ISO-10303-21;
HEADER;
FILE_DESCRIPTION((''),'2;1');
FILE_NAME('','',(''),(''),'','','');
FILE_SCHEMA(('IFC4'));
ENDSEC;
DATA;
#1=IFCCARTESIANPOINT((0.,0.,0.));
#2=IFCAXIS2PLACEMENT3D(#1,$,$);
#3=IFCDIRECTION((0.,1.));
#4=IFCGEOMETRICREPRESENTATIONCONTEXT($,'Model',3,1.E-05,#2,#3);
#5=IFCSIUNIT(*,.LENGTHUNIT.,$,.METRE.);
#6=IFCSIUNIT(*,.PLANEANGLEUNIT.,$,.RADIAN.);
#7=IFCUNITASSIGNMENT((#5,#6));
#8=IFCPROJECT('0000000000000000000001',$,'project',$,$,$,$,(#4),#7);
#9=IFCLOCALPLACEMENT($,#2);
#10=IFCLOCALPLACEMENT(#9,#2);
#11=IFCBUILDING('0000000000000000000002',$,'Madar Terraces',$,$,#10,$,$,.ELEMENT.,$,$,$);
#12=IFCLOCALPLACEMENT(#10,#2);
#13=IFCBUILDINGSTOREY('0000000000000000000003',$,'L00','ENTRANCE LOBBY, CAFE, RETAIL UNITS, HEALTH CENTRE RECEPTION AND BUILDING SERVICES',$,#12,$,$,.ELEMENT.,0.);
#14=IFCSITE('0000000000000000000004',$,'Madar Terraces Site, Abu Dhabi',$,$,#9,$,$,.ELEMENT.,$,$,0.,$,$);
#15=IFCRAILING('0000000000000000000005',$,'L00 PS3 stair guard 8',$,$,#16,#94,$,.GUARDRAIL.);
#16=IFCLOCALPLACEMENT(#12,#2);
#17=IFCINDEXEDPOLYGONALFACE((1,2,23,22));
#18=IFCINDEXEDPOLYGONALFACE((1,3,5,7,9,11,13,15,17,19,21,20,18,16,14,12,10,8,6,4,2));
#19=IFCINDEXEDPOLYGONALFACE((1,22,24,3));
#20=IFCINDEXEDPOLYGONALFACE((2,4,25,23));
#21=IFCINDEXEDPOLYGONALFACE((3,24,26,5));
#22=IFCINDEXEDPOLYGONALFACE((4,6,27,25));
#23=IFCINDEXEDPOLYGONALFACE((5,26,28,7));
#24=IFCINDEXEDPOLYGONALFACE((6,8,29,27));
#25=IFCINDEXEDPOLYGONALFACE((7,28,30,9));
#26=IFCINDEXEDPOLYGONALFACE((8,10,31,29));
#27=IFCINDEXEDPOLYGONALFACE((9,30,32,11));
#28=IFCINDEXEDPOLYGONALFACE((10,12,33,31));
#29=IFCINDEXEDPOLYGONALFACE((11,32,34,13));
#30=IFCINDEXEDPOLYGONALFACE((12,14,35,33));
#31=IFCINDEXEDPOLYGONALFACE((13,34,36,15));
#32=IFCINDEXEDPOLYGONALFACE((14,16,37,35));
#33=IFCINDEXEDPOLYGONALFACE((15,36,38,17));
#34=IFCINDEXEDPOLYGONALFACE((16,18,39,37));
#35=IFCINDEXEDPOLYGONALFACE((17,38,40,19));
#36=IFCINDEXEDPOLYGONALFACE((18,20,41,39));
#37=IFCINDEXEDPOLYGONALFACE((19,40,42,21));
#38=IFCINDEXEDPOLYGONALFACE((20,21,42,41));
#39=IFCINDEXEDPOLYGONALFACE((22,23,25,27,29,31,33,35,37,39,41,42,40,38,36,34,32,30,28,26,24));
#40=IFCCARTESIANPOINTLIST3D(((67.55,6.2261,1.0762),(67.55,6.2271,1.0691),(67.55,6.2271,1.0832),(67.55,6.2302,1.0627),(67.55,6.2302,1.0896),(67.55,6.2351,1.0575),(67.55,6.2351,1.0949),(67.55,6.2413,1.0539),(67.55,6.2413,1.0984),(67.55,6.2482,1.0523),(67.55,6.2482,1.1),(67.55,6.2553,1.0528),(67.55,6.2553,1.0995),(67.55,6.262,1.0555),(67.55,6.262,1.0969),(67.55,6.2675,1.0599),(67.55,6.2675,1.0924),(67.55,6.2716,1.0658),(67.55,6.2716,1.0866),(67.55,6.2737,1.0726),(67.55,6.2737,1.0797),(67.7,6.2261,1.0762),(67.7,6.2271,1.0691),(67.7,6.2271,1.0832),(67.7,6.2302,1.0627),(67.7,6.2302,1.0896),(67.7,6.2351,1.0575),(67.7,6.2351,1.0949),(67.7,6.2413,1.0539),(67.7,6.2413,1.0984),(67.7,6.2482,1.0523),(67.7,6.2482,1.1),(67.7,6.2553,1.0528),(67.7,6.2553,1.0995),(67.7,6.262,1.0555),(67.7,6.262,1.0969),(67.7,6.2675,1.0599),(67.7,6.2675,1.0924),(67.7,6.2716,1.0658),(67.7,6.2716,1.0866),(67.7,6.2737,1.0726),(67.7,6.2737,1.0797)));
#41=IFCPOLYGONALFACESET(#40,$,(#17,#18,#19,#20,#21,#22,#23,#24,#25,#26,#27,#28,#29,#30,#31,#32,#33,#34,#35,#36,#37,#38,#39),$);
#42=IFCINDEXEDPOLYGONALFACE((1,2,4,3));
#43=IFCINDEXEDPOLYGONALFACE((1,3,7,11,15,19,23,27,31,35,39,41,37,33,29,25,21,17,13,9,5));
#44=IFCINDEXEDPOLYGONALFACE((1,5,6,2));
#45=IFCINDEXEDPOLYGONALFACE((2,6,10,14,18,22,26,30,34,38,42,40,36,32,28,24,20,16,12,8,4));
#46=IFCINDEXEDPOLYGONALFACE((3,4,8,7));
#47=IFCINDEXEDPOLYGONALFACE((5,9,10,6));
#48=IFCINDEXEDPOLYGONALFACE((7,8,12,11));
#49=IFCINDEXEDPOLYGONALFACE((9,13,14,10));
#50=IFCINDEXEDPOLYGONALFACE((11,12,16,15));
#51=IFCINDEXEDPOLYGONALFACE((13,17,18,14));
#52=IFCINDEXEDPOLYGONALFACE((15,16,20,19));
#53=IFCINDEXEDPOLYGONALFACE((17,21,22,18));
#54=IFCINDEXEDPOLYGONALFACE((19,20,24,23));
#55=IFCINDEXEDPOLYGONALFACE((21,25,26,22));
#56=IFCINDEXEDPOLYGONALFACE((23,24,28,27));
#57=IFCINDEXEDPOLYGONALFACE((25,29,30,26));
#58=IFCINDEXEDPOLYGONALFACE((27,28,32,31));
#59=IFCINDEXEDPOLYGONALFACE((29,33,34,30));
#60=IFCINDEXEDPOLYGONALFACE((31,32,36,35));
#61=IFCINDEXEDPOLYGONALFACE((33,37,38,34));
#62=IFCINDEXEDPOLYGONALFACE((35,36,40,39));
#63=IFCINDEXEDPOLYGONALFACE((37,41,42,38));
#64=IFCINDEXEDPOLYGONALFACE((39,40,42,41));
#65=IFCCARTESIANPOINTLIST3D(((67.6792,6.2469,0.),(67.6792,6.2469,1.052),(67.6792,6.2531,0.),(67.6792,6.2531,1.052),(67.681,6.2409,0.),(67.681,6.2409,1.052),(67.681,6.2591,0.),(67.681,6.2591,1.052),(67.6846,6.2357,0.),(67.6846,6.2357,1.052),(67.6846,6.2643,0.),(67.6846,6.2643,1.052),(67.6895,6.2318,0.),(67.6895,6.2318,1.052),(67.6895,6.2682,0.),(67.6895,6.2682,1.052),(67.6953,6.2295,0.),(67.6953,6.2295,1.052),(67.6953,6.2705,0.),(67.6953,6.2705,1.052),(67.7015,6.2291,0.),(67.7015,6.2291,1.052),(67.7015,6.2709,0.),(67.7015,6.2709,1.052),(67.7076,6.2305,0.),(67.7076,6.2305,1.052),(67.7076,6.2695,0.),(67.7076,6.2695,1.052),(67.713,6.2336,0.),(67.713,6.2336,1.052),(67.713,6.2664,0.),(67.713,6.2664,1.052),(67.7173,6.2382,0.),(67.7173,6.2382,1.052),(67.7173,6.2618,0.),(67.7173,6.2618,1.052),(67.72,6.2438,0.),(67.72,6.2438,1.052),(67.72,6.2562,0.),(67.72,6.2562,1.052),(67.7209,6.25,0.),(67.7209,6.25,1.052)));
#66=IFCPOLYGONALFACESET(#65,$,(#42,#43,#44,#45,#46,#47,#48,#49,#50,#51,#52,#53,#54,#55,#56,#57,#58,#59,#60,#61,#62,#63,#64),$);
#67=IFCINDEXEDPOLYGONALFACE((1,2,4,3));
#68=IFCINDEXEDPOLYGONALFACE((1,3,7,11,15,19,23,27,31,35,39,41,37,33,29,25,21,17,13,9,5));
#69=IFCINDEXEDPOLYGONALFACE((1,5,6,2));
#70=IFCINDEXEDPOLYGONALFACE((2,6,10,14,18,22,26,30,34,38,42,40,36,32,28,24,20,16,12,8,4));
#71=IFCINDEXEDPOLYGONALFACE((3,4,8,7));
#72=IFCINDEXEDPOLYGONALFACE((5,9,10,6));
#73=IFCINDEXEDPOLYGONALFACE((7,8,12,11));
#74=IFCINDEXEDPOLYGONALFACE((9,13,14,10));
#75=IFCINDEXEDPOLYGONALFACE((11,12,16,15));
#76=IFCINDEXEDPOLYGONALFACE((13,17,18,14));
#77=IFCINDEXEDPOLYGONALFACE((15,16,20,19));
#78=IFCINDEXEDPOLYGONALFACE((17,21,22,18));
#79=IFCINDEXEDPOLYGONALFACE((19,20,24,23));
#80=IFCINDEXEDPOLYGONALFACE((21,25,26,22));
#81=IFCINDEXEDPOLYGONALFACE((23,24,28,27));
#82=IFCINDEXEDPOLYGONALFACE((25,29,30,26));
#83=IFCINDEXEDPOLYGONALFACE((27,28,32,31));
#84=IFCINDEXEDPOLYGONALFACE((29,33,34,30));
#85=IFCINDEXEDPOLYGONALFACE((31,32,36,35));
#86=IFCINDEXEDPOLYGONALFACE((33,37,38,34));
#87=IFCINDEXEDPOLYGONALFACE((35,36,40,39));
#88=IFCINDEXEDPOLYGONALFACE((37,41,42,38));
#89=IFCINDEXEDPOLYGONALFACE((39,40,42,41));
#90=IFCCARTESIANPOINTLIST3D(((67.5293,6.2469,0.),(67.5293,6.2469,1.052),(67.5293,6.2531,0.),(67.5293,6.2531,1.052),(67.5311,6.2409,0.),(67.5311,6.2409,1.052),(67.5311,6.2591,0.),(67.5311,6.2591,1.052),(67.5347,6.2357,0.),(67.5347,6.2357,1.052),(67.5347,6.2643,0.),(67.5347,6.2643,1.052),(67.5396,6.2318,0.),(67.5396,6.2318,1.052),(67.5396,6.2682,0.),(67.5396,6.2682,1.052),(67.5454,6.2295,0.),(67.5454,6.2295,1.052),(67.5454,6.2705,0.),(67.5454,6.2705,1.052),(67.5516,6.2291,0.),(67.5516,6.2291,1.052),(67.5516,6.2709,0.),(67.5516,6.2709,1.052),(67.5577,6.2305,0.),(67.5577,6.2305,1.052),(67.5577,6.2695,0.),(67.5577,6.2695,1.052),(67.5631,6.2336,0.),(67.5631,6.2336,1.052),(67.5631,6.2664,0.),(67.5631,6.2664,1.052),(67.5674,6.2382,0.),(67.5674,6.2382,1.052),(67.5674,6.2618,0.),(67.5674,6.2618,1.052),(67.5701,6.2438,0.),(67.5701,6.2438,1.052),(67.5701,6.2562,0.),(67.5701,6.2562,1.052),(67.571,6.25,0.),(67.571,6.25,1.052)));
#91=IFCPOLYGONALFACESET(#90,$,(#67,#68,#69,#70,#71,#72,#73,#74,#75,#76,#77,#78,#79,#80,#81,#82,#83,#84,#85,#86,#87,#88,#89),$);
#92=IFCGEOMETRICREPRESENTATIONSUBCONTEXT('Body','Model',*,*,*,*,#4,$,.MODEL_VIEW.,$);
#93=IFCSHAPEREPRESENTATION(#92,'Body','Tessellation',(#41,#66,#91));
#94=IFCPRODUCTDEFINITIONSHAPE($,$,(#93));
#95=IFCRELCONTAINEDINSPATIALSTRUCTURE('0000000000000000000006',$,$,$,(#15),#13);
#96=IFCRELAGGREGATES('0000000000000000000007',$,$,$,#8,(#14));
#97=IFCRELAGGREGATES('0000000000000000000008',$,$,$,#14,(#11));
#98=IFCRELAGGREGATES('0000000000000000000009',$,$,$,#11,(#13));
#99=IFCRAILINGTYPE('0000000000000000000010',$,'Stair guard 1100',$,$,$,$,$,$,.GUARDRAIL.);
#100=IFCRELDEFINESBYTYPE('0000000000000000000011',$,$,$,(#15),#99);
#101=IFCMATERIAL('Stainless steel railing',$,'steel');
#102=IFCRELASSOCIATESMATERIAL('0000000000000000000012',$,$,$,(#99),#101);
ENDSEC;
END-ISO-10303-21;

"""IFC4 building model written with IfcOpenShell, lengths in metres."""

from ifc_helpers import new_model, si_unit, direction, frame, origin, origin_2d, place, context, subcontext, project, spatial, circle, extrude, material, type_object, element, save


model = new_model("IFC4")

# Units and contexts
model_context = context("Model", 3, precision=1e-05, world=origin(), true_north=direction((0.0, 1.0)))
body_context = subcontext(model_context, "Body", "Model", "MODEL_VIEW")
ifc_project = project(units=[si_unit("LENGTHUNIT", "METRE"), si_unit("PLANEANGLEUNIT", "RADIAN")], contexts=[model_context])

# Site, building, storey
site_placement = place(None, origin())
site = spatial("IfcSite", under=ifc_project, at=site_placement, Name="Madar Terraces Site, Abu Dhabi", CompositionType="ELEMENT", RefElevation=0.0)
building_placement = place(site_placement, origin())
building = spatial("IfcBuilding", under=site, at=building_placement, Name="Madar Terraces", CompositionType="ELEMENT")
storey_placement = place(building_placement, origin())
storey = spatial("IfcBuildingStorey", under=building, at=storey_placement, Name="L00", Description="ENTRANCE LOBBY, CAFE, RETAIL UNITS, HEALTH CENTRE RECEPTION AND BUILDING SERVICES", CompositionType="ELEMENT", Elevation=0.0)

# Railing
ifc_material_1 = material(Name="Stainless steel railing", Category="steel")
railing_type_1 = type_object("IfcRailingType", Name="Stair guard 1100", PredefinedType="GUARDRAIL", material=ifc_material_1)
railing_1_placement = place(storey_placement, frame((67.7, 6.25, 0.0)))
element("IfcRailing", 1, at=railing_1_placement, inside=storey, type_object=railing_type_1, Name="L00 PS3 stair guard 8", PredefinedType="GUARDRAIL", context=body_context, shape_type="SweptSolid", body=[
    extrude(circle(Radius=0.0239, at=origin_2d()), frame((0.0, 0.0, 1.0762), z_axis=(-1.0, 0.0, 0.0), x_axis=(0.0, -1.0, 0.0)), (0.0, 0.0, 1.0), 0.1499),
    extrude(circle(Radius=0.021, at=origin_2d()), origin(), (0.0, 0.0, 1.0), 1.052),
    extrude(circle(Radius=0.021, at=origin_2d()), frame((-0.1499, 0.0, 0.0)), (0.0, 0.0, 1.0), 1.052),
])

save(model, "model.ifc")
